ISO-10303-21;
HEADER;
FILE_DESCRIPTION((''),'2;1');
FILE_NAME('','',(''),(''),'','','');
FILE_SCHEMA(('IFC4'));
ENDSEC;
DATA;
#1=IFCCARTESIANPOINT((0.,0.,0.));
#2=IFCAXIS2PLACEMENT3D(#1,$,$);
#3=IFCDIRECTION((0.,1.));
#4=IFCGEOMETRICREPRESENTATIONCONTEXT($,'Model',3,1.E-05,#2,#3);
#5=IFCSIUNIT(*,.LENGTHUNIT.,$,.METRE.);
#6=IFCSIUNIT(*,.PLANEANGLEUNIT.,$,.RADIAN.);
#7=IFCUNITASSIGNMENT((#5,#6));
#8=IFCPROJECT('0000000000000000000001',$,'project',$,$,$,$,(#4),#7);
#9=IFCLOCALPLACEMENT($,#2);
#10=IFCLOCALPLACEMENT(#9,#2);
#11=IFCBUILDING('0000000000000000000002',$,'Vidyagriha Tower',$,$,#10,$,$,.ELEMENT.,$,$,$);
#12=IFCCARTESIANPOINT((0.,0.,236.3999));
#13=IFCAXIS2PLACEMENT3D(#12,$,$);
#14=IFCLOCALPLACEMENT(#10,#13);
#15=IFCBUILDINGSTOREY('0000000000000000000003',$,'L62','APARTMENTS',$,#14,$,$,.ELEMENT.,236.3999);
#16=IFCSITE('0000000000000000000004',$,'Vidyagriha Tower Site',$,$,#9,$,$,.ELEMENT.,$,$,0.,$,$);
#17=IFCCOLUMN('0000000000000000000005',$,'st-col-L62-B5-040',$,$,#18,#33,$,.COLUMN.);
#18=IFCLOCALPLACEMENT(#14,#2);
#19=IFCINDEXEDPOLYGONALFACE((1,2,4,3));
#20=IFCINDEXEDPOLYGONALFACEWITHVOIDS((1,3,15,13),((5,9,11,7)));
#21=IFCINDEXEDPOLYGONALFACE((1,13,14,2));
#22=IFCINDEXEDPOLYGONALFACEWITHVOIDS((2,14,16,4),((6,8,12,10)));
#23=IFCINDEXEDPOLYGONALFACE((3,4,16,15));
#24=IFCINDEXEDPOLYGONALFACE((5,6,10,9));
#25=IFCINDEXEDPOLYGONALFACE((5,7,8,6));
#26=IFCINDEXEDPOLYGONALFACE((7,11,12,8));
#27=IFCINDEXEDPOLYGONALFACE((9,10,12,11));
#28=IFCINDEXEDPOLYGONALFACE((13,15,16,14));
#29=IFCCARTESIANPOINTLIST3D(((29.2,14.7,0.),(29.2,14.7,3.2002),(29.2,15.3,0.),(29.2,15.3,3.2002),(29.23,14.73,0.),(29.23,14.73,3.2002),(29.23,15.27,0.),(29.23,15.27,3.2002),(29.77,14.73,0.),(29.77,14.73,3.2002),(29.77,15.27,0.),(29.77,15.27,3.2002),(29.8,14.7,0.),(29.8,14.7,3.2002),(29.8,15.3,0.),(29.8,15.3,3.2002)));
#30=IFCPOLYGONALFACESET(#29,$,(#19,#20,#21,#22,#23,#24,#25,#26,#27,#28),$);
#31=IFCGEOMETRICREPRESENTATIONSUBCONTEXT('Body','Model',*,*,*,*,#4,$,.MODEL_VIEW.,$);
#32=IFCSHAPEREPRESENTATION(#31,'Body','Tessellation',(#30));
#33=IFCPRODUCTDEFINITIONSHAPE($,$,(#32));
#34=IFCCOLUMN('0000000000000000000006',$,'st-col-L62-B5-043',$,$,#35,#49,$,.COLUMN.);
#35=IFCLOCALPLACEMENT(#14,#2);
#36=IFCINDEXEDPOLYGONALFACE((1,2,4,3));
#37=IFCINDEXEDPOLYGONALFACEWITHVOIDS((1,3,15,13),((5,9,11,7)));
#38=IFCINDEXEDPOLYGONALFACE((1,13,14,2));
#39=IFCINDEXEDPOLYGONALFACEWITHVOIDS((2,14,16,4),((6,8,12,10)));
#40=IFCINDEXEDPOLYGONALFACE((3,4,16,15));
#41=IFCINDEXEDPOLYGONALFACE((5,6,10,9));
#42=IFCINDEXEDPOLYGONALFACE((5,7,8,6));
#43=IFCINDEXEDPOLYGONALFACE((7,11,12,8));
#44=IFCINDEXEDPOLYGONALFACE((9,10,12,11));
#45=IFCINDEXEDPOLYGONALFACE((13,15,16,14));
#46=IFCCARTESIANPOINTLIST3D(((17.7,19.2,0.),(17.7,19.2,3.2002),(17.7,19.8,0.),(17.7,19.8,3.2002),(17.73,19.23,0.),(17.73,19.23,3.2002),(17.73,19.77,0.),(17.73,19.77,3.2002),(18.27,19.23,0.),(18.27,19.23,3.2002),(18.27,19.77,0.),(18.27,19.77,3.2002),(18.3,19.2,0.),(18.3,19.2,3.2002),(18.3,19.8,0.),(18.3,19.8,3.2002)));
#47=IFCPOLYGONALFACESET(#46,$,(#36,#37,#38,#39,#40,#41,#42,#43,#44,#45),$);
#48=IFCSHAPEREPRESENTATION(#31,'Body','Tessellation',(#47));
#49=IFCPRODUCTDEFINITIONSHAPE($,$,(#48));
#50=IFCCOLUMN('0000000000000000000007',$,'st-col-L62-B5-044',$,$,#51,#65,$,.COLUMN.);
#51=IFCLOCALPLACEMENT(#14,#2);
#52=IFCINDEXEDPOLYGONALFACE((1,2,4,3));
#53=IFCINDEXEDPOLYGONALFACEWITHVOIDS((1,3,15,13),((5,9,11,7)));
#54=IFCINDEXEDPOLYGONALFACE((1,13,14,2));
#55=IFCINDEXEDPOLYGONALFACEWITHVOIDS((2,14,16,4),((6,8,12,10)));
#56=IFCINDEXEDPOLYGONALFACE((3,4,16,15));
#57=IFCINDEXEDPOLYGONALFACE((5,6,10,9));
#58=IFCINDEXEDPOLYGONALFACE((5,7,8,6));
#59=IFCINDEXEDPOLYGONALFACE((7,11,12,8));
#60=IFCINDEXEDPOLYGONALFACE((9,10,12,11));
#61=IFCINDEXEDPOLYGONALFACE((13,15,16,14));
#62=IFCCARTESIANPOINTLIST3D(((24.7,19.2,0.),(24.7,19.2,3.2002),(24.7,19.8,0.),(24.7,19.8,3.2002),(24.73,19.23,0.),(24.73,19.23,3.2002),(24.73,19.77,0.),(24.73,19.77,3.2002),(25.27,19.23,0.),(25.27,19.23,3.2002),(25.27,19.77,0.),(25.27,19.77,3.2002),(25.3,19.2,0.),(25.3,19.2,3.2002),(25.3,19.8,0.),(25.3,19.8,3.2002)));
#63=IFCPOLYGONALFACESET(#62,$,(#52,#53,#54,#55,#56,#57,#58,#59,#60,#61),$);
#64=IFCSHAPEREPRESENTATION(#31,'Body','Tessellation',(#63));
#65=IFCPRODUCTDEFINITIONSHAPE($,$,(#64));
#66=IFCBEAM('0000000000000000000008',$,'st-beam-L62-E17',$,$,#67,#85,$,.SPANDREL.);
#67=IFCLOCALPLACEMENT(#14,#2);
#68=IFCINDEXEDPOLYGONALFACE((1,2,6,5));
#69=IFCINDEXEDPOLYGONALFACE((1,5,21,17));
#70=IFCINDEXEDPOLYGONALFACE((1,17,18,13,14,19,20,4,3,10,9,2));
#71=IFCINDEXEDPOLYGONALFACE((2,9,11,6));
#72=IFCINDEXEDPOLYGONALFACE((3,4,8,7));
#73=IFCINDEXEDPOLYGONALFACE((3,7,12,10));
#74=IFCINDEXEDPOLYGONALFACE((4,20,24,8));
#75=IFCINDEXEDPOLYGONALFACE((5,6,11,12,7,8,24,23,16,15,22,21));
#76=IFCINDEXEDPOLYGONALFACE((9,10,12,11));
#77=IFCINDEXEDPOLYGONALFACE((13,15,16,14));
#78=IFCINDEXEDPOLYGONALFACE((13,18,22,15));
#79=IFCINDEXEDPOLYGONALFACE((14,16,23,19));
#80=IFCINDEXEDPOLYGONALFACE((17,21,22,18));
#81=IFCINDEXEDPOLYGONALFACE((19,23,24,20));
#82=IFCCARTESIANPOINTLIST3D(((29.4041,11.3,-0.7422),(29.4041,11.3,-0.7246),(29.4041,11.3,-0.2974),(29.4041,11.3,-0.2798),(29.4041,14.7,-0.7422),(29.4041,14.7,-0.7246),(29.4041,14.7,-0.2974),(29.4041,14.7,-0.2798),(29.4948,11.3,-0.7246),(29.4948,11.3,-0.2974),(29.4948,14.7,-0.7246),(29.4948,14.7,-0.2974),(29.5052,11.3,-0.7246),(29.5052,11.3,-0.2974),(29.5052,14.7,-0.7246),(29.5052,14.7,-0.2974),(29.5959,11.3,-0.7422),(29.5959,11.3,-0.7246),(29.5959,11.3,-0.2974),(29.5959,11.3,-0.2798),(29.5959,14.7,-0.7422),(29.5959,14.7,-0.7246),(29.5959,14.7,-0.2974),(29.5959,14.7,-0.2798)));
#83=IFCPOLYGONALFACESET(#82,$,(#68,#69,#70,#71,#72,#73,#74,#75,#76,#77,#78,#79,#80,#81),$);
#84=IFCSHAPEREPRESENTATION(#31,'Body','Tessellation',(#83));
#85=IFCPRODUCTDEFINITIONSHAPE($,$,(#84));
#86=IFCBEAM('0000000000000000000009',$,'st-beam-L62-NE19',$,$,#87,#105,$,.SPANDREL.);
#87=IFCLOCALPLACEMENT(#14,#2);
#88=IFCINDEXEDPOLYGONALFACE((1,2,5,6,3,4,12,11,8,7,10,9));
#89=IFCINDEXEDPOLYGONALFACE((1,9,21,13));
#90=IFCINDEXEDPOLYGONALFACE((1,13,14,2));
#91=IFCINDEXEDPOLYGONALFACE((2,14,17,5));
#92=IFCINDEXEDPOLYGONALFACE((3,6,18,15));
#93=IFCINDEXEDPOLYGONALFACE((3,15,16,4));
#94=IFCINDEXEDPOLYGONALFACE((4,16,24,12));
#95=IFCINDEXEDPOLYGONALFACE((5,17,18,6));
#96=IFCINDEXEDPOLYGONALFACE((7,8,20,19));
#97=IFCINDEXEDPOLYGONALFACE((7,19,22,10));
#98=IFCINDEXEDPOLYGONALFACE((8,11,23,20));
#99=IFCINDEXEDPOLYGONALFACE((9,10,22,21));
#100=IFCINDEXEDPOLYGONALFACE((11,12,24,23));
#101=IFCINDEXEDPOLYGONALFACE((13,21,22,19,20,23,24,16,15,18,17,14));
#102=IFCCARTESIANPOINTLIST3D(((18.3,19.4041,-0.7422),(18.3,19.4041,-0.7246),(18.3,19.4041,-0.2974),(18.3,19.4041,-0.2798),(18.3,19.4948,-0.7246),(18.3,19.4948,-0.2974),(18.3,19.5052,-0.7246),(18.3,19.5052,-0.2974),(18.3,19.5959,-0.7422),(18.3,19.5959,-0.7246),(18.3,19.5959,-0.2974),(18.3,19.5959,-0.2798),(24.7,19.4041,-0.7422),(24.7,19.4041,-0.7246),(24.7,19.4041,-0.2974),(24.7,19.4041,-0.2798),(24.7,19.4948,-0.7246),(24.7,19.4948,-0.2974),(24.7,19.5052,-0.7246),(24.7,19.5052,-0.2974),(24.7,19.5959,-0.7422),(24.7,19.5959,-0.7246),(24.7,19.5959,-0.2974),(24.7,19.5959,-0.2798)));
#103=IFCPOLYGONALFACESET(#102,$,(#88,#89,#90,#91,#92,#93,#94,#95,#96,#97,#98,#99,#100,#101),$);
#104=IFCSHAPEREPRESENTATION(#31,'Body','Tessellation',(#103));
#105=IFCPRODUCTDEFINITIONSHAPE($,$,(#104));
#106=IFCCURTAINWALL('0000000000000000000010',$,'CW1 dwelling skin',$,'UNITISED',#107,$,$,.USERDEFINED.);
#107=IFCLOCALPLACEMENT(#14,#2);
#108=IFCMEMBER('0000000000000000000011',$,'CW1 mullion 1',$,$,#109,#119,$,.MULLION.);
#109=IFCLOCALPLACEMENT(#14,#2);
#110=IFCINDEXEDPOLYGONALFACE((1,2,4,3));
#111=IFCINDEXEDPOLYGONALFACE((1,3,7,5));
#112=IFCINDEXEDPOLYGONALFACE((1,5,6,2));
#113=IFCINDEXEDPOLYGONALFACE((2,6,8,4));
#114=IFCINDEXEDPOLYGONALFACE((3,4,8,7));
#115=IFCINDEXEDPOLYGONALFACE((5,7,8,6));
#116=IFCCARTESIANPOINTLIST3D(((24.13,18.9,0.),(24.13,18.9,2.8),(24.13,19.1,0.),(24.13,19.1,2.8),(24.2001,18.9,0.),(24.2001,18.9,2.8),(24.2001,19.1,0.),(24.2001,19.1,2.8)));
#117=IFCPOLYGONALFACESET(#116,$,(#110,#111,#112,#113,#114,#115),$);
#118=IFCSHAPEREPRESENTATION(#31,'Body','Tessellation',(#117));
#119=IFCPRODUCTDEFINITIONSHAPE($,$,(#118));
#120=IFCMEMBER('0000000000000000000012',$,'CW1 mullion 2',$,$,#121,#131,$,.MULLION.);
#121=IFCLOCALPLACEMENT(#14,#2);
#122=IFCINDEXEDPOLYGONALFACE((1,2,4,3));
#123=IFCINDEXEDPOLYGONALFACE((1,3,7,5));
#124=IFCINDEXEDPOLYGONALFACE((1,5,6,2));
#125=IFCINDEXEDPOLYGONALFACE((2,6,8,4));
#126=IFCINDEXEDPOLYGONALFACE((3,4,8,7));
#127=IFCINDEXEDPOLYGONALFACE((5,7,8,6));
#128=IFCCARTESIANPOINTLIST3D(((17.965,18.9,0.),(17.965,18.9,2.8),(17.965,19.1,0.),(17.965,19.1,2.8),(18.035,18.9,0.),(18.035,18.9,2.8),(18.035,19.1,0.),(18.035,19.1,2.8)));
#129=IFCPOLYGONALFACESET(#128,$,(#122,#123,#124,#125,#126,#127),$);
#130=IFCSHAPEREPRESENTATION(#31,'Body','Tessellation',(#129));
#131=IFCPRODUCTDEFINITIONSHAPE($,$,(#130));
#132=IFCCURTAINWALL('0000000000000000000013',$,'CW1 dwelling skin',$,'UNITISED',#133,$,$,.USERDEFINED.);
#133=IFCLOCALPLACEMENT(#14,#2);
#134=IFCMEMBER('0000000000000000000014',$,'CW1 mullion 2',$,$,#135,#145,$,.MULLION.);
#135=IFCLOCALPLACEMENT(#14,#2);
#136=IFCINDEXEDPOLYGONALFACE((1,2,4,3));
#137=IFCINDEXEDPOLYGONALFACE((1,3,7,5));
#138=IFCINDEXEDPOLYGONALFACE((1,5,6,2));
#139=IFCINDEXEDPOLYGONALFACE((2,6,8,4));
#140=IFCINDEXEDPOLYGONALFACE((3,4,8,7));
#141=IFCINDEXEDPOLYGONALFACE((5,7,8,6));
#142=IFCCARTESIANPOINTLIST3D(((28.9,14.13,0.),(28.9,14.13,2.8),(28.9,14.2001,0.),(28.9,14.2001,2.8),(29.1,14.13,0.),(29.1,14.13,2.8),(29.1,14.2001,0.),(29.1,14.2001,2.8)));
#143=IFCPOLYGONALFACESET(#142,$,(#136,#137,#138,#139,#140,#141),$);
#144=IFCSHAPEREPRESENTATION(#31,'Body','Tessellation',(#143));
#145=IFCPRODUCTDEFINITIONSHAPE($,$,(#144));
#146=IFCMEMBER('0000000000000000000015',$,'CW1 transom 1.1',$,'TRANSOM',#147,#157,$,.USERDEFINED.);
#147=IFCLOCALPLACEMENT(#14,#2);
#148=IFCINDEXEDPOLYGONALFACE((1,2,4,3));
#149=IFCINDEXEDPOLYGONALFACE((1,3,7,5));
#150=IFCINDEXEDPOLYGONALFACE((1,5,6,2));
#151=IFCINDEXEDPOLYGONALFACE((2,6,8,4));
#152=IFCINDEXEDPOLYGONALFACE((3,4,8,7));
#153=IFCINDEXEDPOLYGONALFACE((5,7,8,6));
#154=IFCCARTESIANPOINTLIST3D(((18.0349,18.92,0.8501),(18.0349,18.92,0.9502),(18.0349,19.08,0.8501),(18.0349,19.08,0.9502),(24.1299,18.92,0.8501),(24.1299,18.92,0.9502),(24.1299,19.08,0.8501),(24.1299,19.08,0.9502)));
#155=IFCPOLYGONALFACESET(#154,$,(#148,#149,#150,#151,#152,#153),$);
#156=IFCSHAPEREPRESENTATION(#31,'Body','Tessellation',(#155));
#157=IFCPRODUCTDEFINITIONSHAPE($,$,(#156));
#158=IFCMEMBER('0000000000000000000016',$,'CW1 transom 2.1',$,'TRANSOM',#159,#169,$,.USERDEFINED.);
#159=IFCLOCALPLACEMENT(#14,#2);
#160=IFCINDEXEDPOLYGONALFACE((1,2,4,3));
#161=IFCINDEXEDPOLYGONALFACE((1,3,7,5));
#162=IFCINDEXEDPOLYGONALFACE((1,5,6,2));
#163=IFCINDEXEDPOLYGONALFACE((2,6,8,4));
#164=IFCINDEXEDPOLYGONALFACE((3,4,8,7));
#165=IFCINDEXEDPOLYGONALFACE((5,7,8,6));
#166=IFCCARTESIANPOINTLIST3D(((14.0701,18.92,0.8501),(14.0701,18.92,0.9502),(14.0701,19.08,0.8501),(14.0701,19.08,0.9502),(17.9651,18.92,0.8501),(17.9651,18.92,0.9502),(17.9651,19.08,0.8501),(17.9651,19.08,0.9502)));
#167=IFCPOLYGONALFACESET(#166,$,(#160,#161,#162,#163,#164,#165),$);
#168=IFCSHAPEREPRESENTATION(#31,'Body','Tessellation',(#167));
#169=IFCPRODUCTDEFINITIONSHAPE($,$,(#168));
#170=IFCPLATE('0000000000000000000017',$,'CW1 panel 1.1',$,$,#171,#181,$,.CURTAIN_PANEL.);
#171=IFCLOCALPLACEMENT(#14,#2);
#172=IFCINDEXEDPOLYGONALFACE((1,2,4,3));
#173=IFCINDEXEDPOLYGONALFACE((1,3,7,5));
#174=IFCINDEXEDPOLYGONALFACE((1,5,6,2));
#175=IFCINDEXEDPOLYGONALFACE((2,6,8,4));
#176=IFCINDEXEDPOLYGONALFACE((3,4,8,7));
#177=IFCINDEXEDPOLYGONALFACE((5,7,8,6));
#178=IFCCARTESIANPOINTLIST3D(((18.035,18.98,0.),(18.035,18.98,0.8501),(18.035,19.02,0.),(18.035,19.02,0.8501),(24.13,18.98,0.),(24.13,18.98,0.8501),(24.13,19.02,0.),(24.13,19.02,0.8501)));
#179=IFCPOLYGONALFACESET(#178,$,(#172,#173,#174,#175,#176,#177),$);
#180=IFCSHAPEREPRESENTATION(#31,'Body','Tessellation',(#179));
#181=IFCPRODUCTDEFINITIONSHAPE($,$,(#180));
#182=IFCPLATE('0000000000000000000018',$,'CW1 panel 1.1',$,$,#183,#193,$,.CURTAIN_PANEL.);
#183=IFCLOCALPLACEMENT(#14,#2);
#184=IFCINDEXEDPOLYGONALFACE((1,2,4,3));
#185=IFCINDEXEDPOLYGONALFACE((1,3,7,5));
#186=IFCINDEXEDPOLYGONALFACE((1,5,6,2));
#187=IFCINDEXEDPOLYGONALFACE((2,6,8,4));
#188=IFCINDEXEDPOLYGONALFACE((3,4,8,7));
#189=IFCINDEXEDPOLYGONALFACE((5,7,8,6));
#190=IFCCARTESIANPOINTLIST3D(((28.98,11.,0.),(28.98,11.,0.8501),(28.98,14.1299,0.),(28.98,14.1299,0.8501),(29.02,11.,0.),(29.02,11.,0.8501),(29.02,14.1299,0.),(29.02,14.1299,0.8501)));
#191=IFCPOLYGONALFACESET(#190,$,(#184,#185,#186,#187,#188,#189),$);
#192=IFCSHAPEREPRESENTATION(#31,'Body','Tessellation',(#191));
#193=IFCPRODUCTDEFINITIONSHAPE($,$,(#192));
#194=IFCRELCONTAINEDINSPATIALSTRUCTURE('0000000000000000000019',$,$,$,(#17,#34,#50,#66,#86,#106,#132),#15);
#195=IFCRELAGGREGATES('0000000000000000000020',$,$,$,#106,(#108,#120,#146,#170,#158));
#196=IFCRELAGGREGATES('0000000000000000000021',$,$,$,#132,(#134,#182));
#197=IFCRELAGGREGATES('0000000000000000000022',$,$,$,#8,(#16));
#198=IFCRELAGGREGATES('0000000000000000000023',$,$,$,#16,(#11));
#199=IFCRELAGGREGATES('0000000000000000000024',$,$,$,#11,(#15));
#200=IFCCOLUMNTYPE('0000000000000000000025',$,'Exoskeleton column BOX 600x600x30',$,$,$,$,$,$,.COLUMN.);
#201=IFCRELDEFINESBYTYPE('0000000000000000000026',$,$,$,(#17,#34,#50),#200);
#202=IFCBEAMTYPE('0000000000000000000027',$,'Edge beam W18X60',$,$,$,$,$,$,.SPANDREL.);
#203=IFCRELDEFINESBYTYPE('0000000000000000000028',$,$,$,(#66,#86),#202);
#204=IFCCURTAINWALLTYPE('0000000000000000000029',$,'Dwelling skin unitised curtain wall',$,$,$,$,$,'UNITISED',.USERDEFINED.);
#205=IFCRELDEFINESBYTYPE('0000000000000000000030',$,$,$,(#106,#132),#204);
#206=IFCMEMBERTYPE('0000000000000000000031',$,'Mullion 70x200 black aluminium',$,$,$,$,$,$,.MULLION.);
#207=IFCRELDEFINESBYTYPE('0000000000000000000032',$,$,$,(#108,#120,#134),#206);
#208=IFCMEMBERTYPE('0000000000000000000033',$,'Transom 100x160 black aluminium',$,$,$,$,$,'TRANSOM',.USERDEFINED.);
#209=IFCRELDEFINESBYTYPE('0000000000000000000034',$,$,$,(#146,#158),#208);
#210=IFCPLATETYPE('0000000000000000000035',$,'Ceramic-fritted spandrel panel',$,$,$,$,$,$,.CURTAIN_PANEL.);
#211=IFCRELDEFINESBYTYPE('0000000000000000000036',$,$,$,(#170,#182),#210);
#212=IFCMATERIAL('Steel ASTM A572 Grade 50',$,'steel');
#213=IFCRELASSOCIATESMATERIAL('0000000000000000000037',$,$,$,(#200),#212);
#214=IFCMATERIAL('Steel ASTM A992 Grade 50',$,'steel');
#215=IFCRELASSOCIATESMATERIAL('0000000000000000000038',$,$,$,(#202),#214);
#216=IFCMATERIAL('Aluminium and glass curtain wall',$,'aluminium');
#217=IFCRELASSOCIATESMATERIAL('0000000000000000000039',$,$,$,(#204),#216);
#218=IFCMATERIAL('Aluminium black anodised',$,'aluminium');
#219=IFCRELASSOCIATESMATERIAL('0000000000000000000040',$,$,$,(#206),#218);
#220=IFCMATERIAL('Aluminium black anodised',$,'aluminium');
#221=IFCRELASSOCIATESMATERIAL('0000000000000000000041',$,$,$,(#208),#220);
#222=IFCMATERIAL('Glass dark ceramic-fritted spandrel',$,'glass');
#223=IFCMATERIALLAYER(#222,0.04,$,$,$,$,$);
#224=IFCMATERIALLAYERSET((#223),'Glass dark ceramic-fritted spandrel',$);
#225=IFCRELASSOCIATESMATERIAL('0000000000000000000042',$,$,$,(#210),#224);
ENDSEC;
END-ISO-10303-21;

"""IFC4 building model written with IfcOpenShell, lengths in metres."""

from ifc_helpers import new_model, si_unit, direction, frame, origin, origin_2d, place, context, subcontext, project, spatial, rectangle, hollow_rectangle, i_section, extrude, material, layer, layer_set, material_profile, profile_set, type_object, element, aggregate, save


model = new_model("IFC4")

# Units and contexts
model_context = context("Model", 3, precision=1e-05, world=origin(), true_north=direction((0.0, 1.0)))
body_context = subcontext(model_context, "Body", "Model", "MODEL_VIEW")
ifc_project = project(units=[si_unit("LENGTHUNIT", "METRE"), si_unit("PLANEANGLEUNIT", "RADIAN")], contexts=[model_context])

# Site, building, storey
site_placement = place(None, origin())
site = spatial("IfcSite", under=ifc_project, at=site_placement, Name="Vidyagriha Tower Site", CompositionType="ELEMENT", RefElevation=0.0)
building_placement = place(site_placement, origin())
building = spatial("IfcBuilding", under=site, at=building_placement, Name="Vidyagriha Tower", CompositionType="ELEMENT")
storey_placement = place(building_placement, frame((0.0, 0.0, 236.3999)))
storey = spatial("IfcBuildingStorey", under=building, at=storey_placement, Name="L62", Description="APARTMENTS", CompositionType="ELEMENT", Elevation=236.3999)

# Columns
ifc_material_1 = material(Name="Steel ASTM A572 Grade 50", Category="steel")
ifc_material_profile_1 = material_profile(ifc_material_1, hollow_rectangle(XDim=0.6001, YDim=0.6001, WallThickness=0.03, at=origin_2d()), Name="BOX 600x600x30")
ifc_profile_set_1 = profile_set([ifc_material_profile_1], Name="Steel ASTM A572 Grade 50")
column_type = type_object("IfcColumnType", Name="Exoskeleton column BOX 600x600x30", PredefinedType="COLUMN", material=ifc_profile_set_1)
for number, where, name in (
    (1, (29.5, 15.0, 0.0), "st-col-L62-B5-040"),
    (2, (18.0, 19.5, 0.0), "st-col-L62-B5-043"),
    (3, (25.0, 19.5, 0.0), "st-col-L62-B5-044"),
):
    element("IfcColumn", number, at=place(storey_placement, frame(where)), inside=storey, type_object=column_type, Name=name, PredefinedType="COLUMN", context=body_context, shape_type="SweptSolid", body=[
        extrude(hollow_rectangle(XDim=0.6001, YDim=0.6001, WallThickness=0.03, at=origin_2d()), origin(), (0.0, 0.0, 1.0), 3.2002),
    ])

# Beams
ifc_material_2 = material(Name="Steel ASTM A992 Grade 50", Category="steel")
ifc_material_profile_2 = material_profile(ifc_material_2, i_section(OverallWidth=0.1919, OverallDepth=0.4624, WebThickness=0.0105, FlangeThickness=0.0176, at=origin_2d()), Name="W18X60")
ifc_profile_set_2 = profile_set([ifc_material_profile_2], Name="Steel ASTM A992 Grade 50")
beam_type = type_object("IfcBeamType", Name="Edge beam W18X60", PredefinedType="SPANDREL", material=ifc_profile_set_2)
beam_1_placement = place(storey_placement, frame((29.5, 11.3, -0.511), z_axis=(0.0, 1.0, 0.0), x_axis=(-1.0, 0.0, 0.0)))
element("IfcBeam", 4, at=beam_1_placement, inside=storey, type_object=beam_type, Name="st-beam-L62-E17", PredefinedType="SPANDREL", context=body_context, shape_type="SweptSolid", body=[
    extrude(i_section(OverallWidth=0.1919, OverallDepth=0.4624, WebThickness=0.0105, FlangeThickness=0.0176, at=origin_2d()), origin(), (0.0, 0.0, 1.0), 3.3999),
])
beam_2_placement = place(storey_placement, frame((18.3, 19.5, -0.511), z_axis=(1.0, 0.0, 0.0), x_axis=(0.0, 1.0, 0.0)))
element("IfcBeam", 5, at=beam_2_placement, inside=storey, type_object=beam_type, Name="st-beam-L62-NE19", PredefinedType="SPANDREL", context=body_context, shape_type="SweptSolid", body=[
    extrude(i_section(OverallWidth=0.1919, OverallDepth=0.4624, WebThickness=0.0105, FlangeThickness=0.0176, at=origin_2d()), origin(), (0.0, 0.0, 1.0), 6.3999),
])

# Curtain wall, members
ifc_material_3 = material(Name="Aluminium and glass curtain wall", Category="aluminium")
curtain_wall_type = type_object("IfcCurtainWallType", Name="Dwelling skin unitised curtain wall", ElementType="UNITISED", PredefinedType="USERDEFINED", material=ifc_material_3)
curtain_wall_1_placement = place(storey_placement, origin())
curtain_wall_1 = element("IfcCurtainWall", 6, at=curtain_wall_1_placement, inside=storey, type_object=curtain_wall_type, Name="CW1 dwelling skin", ObjectType="UNITISED", PredefinedType="USERDEFINED")
ifc_material_4 = material(Name="Aluminium black anodised", Category="aluminium")
ifc_material_profile_3 = material_profile(ifc_material_4, rectangle(XDim=0.2, YDim=0.0701, at=origin_2d()), Name="Mullion 70x200 black aluminium")
ifc_profile_set_3 = profile_set([ifc_material_profile_3], Name="Aluminium black anodised")
member_type_1 = type_object("IfcMemberType", Name="Mullion 70x200 black aluminium", PredefinedType="MULLION", material=ifc_profile_set_3)
member_1_placement = place(storey_placement, frame((24.165, 19.0, 0.0), z_axis=(0.0, 0.0, 1.0), x_axis=(0.0, -1.0, 0.0)))
member_1 = element("IfcMember", 7, at=member_1_placement, type_object=member_type_1, Name="CW1 mullion 1", PredefinedType="MULLION", context=body_context, shape_type="SweptSolid", body=[
    extrude(rectangle(XDim=0.2, YDim=0.0701, at=origin_2d()), origin(), (0.0, 0.0, 1.0), 2.8),
])
member_2_placement = place(storey_placement, frame((18.0, 19.0, 0.0), z_axis=(0.0, 0.0, 1.0), x_axis=(0.0, -1.0, 0.0)))
member_2 = element("IfcMember", 8, at=member_2_placement, type_object=member_type_1, Name="CW1 mullion 2", PredefinedType="MULLION", context=body_context, shape_type="SweptSolid", body=[
    extrude(rectangle(XDim=0.2, YDim=0.0701, at=origin_2d()), origin(), (0.0, 0.0, 1.0), 2.8),
])

# Curtain wall, member
curtain_wall_2_placement = place(storey_placement, origin())
curtain_wall_2 = element("IfcCurtainWall", 9, at=curtain_wall_2_placement, inside=storey, type_object=curtain_wall_type, Name="CW1 dwelling skin", ObjectType="UNITISED", PredefinedType="USERDEFINED")
member_3_placement = place(storey_placement, frame((29.0, 14.165, 0.0), z_axis=(0.0, 0.0, 1.0), x_axis=(-1.0, 0.0, 0.0)))
member_3 = element("IfcMember", 10, at=member_3_placement, type_object=member_type_1, Name="CW1 mullion 2", PredefinedType="MULLION", context=body_context, shape_type="SweptSolid", body=[
    extrude(rectangle(XDim=0.2, YDim=0.0701, at=origin_2d()), origin(), (0.0, 0.0, 1.0), 2.8),
])

# Members
ifc_material_5 = material(Name="Aluminium black anodised", Category="aluminium")
ifc_material_profile_4 = material_profile(ifc_material_5, rectangle(XDim=0.1599, YDim=0.1001, at=origin_2d()), Name="Transom 100x160 black aluminium")
ifc_profile_set_4 = profile_set([ifc_material_profile_4], Name="Aluminium black anodised")
member_type_2 = type_object("IfcMemberType", Name="Transom 100x160 black aluminium", ElementType="TRANSOM", PredefinedType="USERDEFINED", material=ifc_profile_set_4)
member_4_placement = place(storey_placement, frame((24.1299, 19.0, 0.9001), z_axis=(-1.0, 0.0, 0.0), x_axis=(0.0, -1.0, 0.0)))
member_4 = element("IfcMember", 11, at=member_4_placement, type_object=member_type_2, Name="CW1 transom 1.1", ObjectType="TRANSOM", PredefinedType="USERDEFINED", context=body_context, shape_type="SweptSolid", body=[
    extrude(rectangle(XDim=0.1599, YDim=0.1001, at=origin_2d()), origin(), (0.0, 0.0, 1.0), 6.095),
])
member_5_placement = place(storey_placement, frame((17.9651, 19.0, 0.9001), z_axis=(-1.0, 0.0, 0.0), x_axis=(0.0, -1.0, 0.0)))
member_5 = element("IfcMember", 12, at=member_5_placement, type_object=member_type_2, Name="CW1 transom 2.1", ObjectType="TRANSOM", PredefinedType="USERDEFINED", context=body_context, shape_type="SweptSolid", body=[
    extrude(rectangle(XDim=0.1599, YDim=0.1001, at=origin_2d()), origin(), (0.0, 0.0, 1.0), 3.895),
])

# Plates
ifc_material_6 = material(Name="Glass dark ceramic-fritted spandrel", Category="glass")
ifc_layer_1 = layer(ifc_material_6, 0.04)
ifc_layer_set_1 = layer_set([ifc_layer_1], Name="Glass dark ceramic-fritted spandrel")
plate_type_1 = type_object("IfcPlateType", Name="Ceramic-fritted spandrel panel", PredefinedType="CURTAIN_PANEL", material=ifc_layer_set_1)
plate_1_placement = place(storey_placement, frame((21.0825, 19.0, 0.0), z_axis=(0.0, 0.0, 1.0), x_axis=(-1.0, 0.0, 0.0)))
plate_1 = element("IfcPlate", 13, at=plate_1_placement, type_object=plate_type_1, Name="CW1 panel 1.1", PredefinedType="CURTAIN_PANEL", context=body_context, shape_type="SweptSolid", body=[
    extrude(rectangle(XDim=6.095, YDim=0.04, at=origin_2d()), origin(), (0.0, 0.0, 1.0), 0.8501),
])
plate_2_placement = place(storey_placement, frame((29.0, 12.5649, 0.0), z_axis=(0.0, 0.0, 1.0), x_axis=(0.0, 1.0, 0.0)))
plate_2 = element("IfcPlate", 14, at=plate_2_placement, type_object=plate_type_1, Name="CW1 panel 1.1", PredefinedType="CURTAIN_PANEL", context=body_context, shape_type="SweptSolid", body=[
    extrude(rectangle(XDim=3.1299, YDim=0.04, at=origin_2d()), origin(), (0.0, 0.0, 1.0), 0.8501),
])
aggregate(curtain_wall_1, [member_1, member_2, member_4, plate_1, member_5])
aggregate(curtain_wall_2, [member_3, plate_2])

save(model, "model.ifc")
